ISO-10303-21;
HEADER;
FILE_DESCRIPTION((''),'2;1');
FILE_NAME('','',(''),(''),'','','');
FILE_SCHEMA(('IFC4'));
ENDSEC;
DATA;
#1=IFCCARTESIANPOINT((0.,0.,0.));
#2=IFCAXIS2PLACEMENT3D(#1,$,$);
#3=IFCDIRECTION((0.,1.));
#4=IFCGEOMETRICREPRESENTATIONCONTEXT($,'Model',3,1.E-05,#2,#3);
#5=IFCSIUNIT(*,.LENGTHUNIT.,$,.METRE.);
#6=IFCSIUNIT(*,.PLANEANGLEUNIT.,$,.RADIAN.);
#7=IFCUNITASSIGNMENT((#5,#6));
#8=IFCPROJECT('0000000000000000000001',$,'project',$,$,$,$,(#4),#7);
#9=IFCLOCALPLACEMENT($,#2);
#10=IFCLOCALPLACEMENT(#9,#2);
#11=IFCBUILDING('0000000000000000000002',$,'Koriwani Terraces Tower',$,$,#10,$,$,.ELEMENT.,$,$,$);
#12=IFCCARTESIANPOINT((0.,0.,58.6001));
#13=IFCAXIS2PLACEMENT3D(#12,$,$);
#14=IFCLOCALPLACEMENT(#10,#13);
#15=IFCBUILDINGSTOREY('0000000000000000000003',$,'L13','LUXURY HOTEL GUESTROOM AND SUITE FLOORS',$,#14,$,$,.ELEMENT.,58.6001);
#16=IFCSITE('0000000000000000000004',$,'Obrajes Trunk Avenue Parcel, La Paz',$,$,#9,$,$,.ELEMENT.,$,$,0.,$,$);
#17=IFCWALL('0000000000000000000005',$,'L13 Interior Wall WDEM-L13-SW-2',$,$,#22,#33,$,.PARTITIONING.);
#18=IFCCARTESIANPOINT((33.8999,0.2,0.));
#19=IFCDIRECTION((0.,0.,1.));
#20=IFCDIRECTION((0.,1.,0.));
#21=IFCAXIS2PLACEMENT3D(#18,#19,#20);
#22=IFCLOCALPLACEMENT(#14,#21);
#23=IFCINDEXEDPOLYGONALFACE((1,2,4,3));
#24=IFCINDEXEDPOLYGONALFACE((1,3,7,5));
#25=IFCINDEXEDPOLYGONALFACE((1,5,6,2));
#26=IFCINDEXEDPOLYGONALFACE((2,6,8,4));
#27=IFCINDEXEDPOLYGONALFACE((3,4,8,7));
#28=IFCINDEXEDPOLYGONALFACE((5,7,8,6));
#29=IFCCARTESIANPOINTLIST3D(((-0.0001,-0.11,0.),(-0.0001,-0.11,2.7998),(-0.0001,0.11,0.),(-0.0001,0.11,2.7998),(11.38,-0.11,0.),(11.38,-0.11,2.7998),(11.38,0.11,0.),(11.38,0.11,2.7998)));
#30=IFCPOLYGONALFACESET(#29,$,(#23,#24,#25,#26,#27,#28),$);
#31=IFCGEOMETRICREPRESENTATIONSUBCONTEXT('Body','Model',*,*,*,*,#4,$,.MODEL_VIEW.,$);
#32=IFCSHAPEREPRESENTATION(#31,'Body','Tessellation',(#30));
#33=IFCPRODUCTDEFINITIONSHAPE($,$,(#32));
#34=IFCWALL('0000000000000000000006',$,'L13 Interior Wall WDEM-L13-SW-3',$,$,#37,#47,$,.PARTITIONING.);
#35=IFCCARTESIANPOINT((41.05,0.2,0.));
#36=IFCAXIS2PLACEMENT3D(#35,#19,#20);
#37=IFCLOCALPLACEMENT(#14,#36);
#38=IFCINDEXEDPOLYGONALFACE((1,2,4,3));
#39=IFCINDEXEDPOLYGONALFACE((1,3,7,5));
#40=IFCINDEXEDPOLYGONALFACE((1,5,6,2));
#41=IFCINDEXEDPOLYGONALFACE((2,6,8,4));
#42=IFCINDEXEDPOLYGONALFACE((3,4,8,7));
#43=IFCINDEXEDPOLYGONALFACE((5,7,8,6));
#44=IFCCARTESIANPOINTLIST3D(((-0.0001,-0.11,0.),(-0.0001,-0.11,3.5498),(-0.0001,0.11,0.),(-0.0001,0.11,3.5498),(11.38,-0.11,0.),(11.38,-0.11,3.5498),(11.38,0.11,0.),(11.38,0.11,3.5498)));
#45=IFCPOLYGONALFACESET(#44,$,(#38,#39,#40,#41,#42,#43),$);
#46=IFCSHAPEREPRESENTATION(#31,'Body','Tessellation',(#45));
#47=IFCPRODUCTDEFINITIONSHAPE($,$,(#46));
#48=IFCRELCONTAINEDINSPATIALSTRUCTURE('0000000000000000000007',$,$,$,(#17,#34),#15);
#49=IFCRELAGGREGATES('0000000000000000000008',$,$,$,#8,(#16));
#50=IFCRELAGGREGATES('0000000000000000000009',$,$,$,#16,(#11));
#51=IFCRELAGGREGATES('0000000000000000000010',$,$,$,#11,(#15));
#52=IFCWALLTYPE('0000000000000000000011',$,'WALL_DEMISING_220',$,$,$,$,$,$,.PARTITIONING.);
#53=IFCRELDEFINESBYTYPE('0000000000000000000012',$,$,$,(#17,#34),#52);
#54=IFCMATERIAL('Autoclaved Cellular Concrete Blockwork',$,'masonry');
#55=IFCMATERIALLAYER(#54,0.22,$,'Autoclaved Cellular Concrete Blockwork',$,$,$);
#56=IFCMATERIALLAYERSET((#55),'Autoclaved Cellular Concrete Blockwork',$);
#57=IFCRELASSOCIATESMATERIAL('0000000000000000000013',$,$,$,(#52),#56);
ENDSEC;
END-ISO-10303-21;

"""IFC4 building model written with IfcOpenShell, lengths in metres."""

from ifc_helpers import new_model, si_unit, direction, frame, frame_2d, origin, place, context, subcontext, project, spatial, rectangle, extrude, material, layer, layer_set, type_object, element, save


model = new_model("IFC4")

# Units and contexts
model_context = context("Model", 3, precision=1e-05, world=origin(), true_north=direction((0.0, 1.0)))
body_context = subcontext(model_context, "Body", "Model", "MODEL_VIEW")
ifc_project = project(units=[si_unit("LENGTHUNIT", "METRE"), si_unit("PLANEANGLEUNIT", "RADIAN")], contexts=[model_context])

# Site, building, storey
site_placement = place(None, origin())
site = spatial("IfcSite", under=ifc_project, at=site_placement, Name="Obrajes Trunk Avenue Parcel, La Paz", CompositionType="ELEMENT", RefElevation=0.0)
building_placement = place(site_placement, origin())
building = spatial("IfcBuilding", under=site, at=building_placement, Name="Koriwani Terraces Tower", CompositionType="ELEMENT")
storey_placement = place(building_placement, frame((0.0, 0.0, 58.6001)))
storey = spatial("IfcBuildingStorey", under=building, at=storey_placement, Name="L13", Description="LUXURY HOTEL GUESTROOM AND SUITE FLOORS", CompositionType="ELEMENT", Elevation=58.6001)

# Walls
ifc_material_1 = material(Name="Autoclaved Cellular Concrete Blockwork", Category="masonry")
ifc_layer_1 = layer(ifc_material_1, 0.22, Name="Autoclaved Cellular Concrete Blockwork")
ifc_layer_set_1 = layer_set([ifc_layer_1], Name="Autoclaved Cellular Concrete Blockwork")
wall_type_1 = type_object("IfcWallType", Name="WALL_DEMISING_220", PredefinedType="PARTITIONING", material=ifc_layer_set_1)
wall_1_placement = place(storey_placement, frame((33.8999, 0.2, 0.0), z_axis=(0.0, 0.0, 1.0), x_axis=(0.0, 1.0, 0.0)))
element("IfcWall", 1, at=wall_1_placement, inside=storey, type_object=wall_type_1, Name="L13 Interior Wall WDEM-L13-SW-2", PredefinedType="PARTITIONING", context=body_context, shape_type="SweptSolid", body=[
    extrude(rectangle(XDim=11.3801, YDim=0.22, at=frame_2d((5.6899, 0.0))), origin(), (0.0, 0.0, 1.0), 2.7998),
])
wall_2_placement = place(storey_placement, frame((41.05, 0.2, 0.0), z_axis=(0.0, 0.0, 1.0), x_axis=(0.0, 1.0, 0.0)))
element("IfcWall", 2, at=wall_2_placement, inside=storey, type_object=wall_type_1, Name="L13 Interior Wall WDEM-L13-SW-3", PredefinedType="PARTITIONING", context=body_context, shape_type="SweptSolid", body=[
    extrude(rectangle(XDim=11.3801, YDim=0.22, at=frame_2d((5.6899, 0.0))), origin(), (0.0, 0.0, 1.0), 3.5498),
])

save(model, "model.ifc")
